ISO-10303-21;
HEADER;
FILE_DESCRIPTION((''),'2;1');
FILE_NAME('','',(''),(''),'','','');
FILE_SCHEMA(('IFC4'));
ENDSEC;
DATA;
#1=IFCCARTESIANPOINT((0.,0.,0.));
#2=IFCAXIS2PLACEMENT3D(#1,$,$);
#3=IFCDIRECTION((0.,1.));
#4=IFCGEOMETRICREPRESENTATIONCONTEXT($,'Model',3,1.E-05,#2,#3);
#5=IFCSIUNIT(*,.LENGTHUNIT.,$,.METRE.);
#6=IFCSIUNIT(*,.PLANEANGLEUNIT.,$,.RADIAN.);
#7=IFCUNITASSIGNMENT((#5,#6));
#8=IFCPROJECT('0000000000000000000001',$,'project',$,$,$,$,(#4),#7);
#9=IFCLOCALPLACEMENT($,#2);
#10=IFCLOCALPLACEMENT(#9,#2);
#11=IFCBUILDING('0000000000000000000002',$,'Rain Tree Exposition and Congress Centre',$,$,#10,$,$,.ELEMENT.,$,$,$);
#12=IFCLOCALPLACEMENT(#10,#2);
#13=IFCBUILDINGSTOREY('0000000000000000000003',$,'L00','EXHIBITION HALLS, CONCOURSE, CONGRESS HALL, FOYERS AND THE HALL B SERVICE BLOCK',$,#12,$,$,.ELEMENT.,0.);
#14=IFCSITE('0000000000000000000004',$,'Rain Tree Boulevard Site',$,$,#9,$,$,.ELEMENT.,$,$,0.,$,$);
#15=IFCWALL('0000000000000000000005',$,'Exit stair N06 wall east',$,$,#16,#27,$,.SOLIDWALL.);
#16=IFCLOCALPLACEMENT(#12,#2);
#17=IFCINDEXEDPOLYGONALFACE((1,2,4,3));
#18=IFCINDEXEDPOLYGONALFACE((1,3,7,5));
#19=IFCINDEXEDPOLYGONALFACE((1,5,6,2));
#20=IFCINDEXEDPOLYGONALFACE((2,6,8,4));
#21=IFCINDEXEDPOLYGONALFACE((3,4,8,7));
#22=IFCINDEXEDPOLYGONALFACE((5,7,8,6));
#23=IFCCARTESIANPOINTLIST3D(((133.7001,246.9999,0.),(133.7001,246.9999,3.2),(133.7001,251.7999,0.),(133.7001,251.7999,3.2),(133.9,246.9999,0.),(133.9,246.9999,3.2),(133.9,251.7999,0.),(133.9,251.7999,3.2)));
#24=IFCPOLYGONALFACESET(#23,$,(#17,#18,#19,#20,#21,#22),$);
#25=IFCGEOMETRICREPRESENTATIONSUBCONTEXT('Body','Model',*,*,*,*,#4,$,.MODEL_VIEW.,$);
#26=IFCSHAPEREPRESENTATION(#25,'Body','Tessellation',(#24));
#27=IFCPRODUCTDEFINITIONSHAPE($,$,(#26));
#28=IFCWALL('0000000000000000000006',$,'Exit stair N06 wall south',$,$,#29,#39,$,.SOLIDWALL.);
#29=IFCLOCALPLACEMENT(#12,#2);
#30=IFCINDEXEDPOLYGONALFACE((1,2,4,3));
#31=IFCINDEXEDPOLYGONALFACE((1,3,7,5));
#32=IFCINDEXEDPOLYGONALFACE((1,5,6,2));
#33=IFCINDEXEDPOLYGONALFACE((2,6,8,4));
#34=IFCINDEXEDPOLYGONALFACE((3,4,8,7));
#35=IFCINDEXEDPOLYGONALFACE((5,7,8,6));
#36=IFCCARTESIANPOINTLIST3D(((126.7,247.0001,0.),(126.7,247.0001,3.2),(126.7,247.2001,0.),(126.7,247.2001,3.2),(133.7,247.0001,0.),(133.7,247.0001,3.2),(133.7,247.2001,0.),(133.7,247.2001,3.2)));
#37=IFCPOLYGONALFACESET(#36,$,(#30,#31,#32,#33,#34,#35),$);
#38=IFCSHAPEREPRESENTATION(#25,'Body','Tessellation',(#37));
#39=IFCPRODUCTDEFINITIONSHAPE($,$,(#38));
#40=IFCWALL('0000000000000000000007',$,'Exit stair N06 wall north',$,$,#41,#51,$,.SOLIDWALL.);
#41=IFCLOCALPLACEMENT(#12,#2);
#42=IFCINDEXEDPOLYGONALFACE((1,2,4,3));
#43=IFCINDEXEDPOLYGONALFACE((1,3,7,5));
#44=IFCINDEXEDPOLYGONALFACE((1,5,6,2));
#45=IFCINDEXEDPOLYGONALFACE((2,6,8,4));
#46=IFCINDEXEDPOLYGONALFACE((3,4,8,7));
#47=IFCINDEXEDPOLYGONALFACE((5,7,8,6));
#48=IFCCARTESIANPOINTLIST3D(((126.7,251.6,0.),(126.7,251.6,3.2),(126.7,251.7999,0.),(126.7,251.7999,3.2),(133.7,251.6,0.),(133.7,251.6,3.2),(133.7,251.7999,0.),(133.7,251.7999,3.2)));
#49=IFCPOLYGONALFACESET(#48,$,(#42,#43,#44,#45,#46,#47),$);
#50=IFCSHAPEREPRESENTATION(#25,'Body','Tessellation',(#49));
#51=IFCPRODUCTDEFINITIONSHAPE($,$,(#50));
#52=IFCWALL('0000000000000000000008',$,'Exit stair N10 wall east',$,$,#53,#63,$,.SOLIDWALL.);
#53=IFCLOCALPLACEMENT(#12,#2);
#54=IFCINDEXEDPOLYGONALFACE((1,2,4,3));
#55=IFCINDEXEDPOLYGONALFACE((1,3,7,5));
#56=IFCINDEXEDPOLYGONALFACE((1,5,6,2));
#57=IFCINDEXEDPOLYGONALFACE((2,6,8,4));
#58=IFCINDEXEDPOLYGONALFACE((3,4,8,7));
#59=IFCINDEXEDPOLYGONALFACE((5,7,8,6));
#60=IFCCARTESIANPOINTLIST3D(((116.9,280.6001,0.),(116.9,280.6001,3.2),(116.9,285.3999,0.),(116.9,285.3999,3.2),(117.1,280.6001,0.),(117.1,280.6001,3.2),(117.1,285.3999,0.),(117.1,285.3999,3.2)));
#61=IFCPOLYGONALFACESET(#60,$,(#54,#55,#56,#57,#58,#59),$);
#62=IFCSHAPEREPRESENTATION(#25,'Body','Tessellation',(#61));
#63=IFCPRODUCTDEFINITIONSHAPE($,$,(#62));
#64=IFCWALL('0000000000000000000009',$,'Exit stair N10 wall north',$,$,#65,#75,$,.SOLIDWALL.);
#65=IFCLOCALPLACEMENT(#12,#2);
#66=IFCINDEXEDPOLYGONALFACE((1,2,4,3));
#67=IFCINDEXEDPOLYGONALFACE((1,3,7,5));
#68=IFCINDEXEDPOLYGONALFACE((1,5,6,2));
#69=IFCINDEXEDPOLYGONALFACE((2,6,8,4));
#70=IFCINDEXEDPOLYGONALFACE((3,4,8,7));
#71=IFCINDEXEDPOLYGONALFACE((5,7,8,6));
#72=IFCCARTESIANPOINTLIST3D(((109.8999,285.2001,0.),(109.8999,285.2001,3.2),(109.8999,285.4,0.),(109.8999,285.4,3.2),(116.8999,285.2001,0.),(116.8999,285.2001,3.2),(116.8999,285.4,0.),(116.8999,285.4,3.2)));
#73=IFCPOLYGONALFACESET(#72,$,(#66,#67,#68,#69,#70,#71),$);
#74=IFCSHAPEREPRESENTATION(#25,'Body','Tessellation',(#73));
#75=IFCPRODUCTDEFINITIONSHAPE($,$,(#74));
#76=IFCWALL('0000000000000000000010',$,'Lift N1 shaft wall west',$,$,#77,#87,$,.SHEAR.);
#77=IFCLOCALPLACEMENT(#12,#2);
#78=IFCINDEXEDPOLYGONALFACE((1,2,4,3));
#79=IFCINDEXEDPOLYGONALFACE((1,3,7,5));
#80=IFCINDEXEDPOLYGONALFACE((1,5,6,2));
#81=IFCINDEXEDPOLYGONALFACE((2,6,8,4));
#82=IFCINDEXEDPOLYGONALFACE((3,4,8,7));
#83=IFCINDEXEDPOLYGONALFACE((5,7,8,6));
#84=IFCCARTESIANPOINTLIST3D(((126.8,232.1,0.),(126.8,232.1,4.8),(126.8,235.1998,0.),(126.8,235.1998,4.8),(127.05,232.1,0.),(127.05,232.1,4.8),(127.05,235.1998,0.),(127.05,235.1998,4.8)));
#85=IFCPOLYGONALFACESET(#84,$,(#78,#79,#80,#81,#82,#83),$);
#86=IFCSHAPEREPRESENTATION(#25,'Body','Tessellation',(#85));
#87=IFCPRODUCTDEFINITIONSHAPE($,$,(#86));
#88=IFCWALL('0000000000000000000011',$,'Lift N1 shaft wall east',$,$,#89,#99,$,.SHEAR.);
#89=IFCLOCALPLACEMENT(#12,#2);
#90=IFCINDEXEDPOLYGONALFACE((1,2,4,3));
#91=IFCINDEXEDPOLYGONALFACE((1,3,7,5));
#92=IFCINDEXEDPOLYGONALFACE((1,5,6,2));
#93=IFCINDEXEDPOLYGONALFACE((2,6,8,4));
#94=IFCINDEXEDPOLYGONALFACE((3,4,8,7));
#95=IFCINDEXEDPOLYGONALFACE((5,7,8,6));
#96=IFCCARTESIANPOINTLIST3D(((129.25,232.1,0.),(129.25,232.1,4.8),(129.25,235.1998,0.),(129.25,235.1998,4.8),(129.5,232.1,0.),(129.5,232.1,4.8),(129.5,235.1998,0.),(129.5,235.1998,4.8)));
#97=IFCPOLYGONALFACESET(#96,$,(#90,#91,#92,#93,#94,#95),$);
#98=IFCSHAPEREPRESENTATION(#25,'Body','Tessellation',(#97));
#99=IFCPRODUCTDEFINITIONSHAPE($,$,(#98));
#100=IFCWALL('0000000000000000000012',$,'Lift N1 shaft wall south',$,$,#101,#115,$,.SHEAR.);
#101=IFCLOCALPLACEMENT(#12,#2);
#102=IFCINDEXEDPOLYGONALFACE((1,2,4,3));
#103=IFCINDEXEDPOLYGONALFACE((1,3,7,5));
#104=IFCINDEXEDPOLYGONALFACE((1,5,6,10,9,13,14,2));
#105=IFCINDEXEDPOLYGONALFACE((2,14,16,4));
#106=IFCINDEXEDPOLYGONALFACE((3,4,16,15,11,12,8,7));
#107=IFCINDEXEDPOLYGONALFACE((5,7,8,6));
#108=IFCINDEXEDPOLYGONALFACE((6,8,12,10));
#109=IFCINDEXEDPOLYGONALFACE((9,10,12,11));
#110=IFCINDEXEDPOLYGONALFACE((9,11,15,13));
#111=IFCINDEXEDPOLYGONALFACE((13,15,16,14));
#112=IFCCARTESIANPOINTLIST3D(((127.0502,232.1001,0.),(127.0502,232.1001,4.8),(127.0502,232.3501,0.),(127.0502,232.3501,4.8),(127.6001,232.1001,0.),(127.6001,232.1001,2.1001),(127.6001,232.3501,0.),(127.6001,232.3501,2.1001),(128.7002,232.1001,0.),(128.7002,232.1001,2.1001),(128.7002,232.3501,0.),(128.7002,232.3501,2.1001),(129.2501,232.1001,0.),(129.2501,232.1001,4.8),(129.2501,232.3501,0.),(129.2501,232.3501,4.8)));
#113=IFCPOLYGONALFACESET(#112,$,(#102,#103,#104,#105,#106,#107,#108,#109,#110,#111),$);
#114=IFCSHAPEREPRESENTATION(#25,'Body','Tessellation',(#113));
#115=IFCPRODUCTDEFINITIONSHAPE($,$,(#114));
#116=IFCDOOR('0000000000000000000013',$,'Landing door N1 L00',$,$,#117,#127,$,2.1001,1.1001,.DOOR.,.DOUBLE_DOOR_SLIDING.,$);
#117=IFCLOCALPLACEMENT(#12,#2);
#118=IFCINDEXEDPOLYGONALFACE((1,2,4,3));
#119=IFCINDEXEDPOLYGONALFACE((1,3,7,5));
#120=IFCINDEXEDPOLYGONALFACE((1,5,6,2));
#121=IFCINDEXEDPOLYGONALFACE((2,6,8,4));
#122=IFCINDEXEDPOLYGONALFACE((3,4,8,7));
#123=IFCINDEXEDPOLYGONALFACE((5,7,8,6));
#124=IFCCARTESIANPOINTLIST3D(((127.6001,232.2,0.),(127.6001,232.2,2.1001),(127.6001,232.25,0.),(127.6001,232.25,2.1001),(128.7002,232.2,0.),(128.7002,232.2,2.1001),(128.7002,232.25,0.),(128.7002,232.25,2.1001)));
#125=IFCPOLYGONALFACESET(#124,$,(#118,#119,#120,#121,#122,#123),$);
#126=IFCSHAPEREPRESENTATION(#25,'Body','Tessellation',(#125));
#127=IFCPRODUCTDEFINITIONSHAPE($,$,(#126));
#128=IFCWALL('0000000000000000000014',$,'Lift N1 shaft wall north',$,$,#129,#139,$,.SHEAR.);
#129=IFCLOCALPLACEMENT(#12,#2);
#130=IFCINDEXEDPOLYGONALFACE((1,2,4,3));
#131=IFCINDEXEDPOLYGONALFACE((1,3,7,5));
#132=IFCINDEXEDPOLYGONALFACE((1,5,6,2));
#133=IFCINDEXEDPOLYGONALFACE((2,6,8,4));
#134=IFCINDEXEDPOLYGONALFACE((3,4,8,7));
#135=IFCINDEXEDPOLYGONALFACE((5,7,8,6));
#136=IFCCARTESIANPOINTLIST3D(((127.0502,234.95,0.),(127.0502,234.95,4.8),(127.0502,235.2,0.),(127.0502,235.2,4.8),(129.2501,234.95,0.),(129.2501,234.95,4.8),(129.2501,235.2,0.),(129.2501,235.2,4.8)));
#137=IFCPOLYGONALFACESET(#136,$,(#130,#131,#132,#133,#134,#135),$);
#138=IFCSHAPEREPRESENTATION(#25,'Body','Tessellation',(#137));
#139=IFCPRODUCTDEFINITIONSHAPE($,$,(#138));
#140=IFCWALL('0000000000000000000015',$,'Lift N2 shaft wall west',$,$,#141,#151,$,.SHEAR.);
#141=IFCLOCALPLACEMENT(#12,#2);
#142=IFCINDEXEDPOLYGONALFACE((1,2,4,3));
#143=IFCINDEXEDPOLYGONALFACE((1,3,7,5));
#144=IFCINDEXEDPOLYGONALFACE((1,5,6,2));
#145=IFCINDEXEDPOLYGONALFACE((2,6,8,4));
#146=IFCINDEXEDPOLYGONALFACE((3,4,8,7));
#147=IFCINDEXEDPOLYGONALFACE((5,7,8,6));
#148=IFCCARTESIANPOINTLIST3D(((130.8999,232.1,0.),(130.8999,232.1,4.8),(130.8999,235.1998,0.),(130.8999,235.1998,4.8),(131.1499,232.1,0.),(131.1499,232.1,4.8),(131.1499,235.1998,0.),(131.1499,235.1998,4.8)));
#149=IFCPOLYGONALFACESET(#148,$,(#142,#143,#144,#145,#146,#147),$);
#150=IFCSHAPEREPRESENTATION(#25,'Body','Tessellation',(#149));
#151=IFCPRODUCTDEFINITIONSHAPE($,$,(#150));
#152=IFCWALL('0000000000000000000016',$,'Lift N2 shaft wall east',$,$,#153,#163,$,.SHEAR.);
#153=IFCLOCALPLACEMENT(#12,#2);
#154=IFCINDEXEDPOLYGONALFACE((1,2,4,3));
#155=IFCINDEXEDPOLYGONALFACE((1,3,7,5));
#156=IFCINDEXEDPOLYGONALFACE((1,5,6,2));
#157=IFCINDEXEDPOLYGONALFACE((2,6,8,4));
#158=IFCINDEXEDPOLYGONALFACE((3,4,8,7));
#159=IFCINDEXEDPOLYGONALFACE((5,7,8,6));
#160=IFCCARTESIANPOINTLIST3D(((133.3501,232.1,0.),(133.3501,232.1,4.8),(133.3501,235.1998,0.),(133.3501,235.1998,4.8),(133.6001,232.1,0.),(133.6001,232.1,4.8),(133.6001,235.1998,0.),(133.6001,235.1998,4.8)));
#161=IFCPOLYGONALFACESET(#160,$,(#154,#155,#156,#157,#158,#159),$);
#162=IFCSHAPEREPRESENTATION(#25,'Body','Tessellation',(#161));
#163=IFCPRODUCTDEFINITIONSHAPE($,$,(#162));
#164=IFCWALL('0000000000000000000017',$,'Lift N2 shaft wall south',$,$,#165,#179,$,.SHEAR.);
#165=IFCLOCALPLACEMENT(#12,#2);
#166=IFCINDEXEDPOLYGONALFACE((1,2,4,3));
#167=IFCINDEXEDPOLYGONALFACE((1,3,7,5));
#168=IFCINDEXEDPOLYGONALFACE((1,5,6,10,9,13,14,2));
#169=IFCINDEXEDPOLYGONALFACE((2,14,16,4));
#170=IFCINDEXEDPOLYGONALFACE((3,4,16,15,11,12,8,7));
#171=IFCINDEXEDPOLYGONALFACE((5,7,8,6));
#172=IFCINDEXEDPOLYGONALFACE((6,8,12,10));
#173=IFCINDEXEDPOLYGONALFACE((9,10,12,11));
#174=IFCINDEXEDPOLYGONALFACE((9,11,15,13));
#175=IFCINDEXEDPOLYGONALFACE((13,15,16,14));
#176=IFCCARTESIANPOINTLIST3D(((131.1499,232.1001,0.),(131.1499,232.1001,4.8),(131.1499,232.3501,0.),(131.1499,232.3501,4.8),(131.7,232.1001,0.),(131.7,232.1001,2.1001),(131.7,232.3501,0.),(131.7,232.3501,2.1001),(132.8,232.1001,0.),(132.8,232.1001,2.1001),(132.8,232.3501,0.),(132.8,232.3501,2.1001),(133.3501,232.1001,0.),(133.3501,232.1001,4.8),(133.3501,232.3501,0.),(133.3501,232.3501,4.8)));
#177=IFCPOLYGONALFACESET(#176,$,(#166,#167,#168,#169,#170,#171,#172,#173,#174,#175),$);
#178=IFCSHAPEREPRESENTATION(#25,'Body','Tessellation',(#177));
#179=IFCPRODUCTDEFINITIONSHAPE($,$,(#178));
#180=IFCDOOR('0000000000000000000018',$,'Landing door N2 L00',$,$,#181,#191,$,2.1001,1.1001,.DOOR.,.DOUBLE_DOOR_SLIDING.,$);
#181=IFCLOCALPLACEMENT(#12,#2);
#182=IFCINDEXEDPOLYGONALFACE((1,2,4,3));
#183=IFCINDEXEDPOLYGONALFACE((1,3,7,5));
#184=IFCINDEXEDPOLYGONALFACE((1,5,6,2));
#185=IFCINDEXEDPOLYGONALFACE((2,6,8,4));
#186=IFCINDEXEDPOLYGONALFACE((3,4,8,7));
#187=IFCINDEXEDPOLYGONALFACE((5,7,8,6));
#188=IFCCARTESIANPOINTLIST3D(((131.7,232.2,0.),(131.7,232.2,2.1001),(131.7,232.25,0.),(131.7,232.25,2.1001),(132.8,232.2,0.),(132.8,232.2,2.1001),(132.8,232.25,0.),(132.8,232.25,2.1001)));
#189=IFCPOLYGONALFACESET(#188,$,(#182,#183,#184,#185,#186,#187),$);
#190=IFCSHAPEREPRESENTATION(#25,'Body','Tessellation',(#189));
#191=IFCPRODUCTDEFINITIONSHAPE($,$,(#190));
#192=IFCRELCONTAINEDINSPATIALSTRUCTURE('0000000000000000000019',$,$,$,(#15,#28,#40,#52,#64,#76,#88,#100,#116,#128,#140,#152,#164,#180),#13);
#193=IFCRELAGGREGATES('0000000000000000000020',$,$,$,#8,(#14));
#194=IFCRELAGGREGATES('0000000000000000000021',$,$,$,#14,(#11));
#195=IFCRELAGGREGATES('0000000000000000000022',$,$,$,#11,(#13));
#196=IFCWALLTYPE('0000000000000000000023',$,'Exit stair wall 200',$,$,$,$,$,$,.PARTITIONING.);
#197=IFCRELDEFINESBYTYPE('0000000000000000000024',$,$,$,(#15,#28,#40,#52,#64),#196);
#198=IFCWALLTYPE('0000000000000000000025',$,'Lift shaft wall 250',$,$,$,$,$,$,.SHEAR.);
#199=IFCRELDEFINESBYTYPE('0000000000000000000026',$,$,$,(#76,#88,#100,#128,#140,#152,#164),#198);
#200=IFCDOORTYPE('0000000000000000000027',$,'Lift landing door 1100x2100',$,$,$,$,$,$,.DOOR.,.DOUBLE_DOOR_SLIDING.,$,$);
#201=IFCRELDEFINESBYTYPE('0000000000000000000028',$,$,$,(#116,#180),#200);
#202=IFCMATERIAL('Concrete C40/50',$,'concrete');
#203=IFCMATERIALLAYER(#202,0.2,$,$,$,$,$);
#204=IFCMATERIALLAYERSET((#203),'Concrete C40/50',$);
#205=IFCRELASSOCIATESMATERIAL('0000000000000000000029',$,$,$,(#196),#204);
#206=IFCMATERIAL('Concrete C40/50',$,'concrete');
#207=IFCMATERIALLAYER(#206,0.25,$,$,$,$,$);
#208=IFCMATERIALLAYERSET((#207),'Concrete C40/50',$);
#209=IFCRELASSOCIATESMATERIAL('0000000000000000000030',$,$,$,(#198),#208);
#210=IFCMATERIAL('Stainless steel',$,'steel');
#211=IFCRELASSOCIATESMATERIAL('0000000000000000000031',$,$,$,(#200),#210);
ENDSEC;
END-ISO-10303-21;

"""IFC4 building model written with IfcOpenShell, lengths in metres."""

from ifc_helpers import new_model, si_unit, direction, frame, frame_2d, origin, place, context, subcontext, project, spatial, rectangle, extrude, material, layer, layer_set, type_object, element, fill, save


model = new_model("IFC4")

# Units and contexts
model_context = context("Model", 3, precision=1e-05, world=origin(), true_north=direction((0.0, 1.0)))
body_context = subcontext(model_context, "Body", "Model", "MODEL_VIEW")
ifc_project = project(units=[si_unit("LENGTHUNIT", "METRE"), si_unit("PLANEANGLEUNIT", "RADIAN")], contexts=[model_context])

# Site, building, storey
site_placement = place(None, origin())
site = spatial("IfcSite", under=ifc_project, at=site_placement, Name="Rain Tree Boulevard Site", CompositionType="ELEMENT", RefElevation=0.0)
building_placement = place(site_placement, origin())
building = spatial("IfcBuilding", under=site, at=building_placement, Name="Rain Tree Exposition and Congress Centre", CompositionType="ELEMENT")
storey_placement = place(building_placement, origin())
storey = spatial("IfcBuildingStorey", under=building, at=storey_placement, Name="L00", Description="EXHIBITION HALLS, CONCOURSE, CONGRESS HALL, FOYERS AND THE HALL B SERVICE BLOCK", CompositionType="ELEMENT", Elevation=0.0)

# Shared definitions
ifc_material_1 = material(Name="Concrete C40/50", Category="concrete")
ifc_layer_1 = layer(ifc_material_1, 0.2)
ifc_layer_set_1 = layer_set([ifc_layer_1], Name="Concrete C40/50")
wall_type_1 = type_object("IfcWallType", Name="Exit stair wall 200", PredefinedType="PARTITIONING", material=ifc_layer_set_1)

# Walls
wall_1_placement = place(storey_placement, frame((133.8, 247.0, 0.0), z_axis=(0.0, 0.0, 1.0), x_axis=(0.0, 1.0, 0.0)))
element("IfcWall", 1, at=wall_1_placement, inside=storey, type_object=wall_type_1, Name="Exit stair N06 wall east", PredefinedType="SOLIDWALL", context=body_context, shape_type="SweptSolid", body=[
    extrude(rectangle(XDim=4.8, YDim=0.2, at=frame_2d((2.3999, 0.0))), origin(), (0.0, 0.0, 1.0), 3.2),
])
for number, where, z_axis, x_axis, name in (
    (2, (126.7, 247.1001, 0.0), (0.0, 0.0, 1.0), (1.0, 0.0, 0.0), "Exit stair N06 wall south"),
    (3, (126.7, 251.7, 0.0), (0.0, 0.0, 1.0), (1.0, 0.0, 0.0), "Exit stair N06 wall north"),
):
    element("IfcWall", number, at=place(storey_placement, frame(where, z_axis=z_axis, x_axis=x_axis)), inside=storey, type_object=wall_type_1, Name=name, PredefinedType="SOLIDWALL", context=body_context, shape_type="SweptSolid", body=[
        extrude(rectangle(XDim=7.0, YDim=0.2, at=frame_2d((3.5, 0.0))), origin(), (0.0, 0.0, 1.0), 3.2),
    ])
wall_2_placement = place(storey_placement, frame((117.0, 280.6001, 0.0), z_axis=(0.0, 0.0, 1.0), x_axis=(0.0, 1.0, 0.0)))
element("IfcWall", 4, at=wall_2_placement, inside=storey, type_object=wall_type_1, Name="Exit stair N10 wall east", PredefinedType="SOLIDWALL", context=body_context, shape_type="SweptSolid", body=[
    extrude(rectangle(XDim=4.7998, YDim=0.2, at=frame_2d((2.3999, 0.0))), origin(), (0.0, 0.0, 1.0), 3.2),
])
wall_3_placement = place(storey_placement, frame((109.8999, 285.3, 0.0), z_axis=(0.0, 0.0, 1.0), x_axis=(1.0, 0.0, 0.0)))
element("IfcWall", 5, at=wall_3_placement, inside=storey, type_object=wall_type_1, Name="Exit stair N10 wall north", PredefinedType="SOLIDWALL", context=body_context, shape_type="SweptSolid", body=[
    extrude(rectangle(XDim=7.0, YDim=0.2, at=frame_2d((3.5, 0.0))), origin(), (0.0, 0.0, 1.0), 3.2),
])
ifc_material_2 = material(Name="Concrete C40/50", Category="concrete")
ifc_layer_2 = layer(ifc_material_2, 0.25)
ifc_layer_set_2 = layer_set([ifc_layer_2], Name="Concrete C40/50")
wall_type_2 = type_object("IfcWallType", Name="Lift shaft wall 250", PredefinedType="SHEAR", material=ifc_layer_set_2)
for number, where, z_axis, x_axis, name in (
    (6, (126.925, 232.1001, 0.0), (0.0, 0.0, 1.0), (0.0, 1.0, 0.0), "Lift N1 shaft wall west"),
    (7, (129.375, 232.1001, 0.0), (0.0, 0.0, 1.0), (0.0, 1.0, 0.0), "Lift N1 shaft wall east"),
):
    element("IfcWall", number, at=place(storey_placement, frame(where, z_axis=z_axis, x_axis=x_axis)), inside=storey, type_object=wall_type_2, Name=name, PredefinedType="SHEAR", context=body_context, shape_type="SweptSolid", body=[
        extrude(rectangle(XDim=3.0999, YDim=0.25, at=frame_2d((1.5498, 0.0))), origin(), (0.0, 0.0, 1.0), 4.8),
    ])

# Wall, opening, door
wall_4_placement = place(storey_placement, frame((127.05, 232.2251, 0.0), z_axis=(0.0, 0.0, 1.0), x_axis=(1.0, 0.0, 0.0)))
wall_4 = element("IfcWall", 8, at=wall_4_placement, inside=storey, type_object=wall_type_2, Name="Lift N1 shaft wall south", PredefinedType="SHEAR", context=body_context, shape_type="SweptSolid", body=[
    extrude(rectangle(XDim=2.2, YDim=0.25, at=frame_2d((1.1001, 0.0))), origin(), (0.0, 0.0, 1.0), 4.8),
])
opening_1_placement = place(wall_4_placement, frame((0.55, 0.0, 0.0)))
opening_1 = element("IfcOpeningElement", 9, at=opening_1_placement, cuts=wall_4, PredefinedType="OPENING", context=body_context, shape_type="SweptSolid", body=[
    extrude(rectangle(XDim=1.1001, YDim=2.1001, at=frame_2d((0.55, 1.05))), frame((0.0, 0.125, 0.0), z_axis=(0.0, -1.0, 0.0), x_axis=(1.0, 0.0, 0.0)), (0.0, 0.0, 1.0), 0.25),
])
ifc_material_3 = material(Name="Stainless steel", Category="steel")
door_type_1 = type_object("IfcDoorType", Name="Lift landing door 1100x2100", OperationType="DOUBLE_DOOR_SLIDING", PredefinedType="DOOR", material=ifc_material_3)
door_1_placement = place(opening_1_placement, origin())
door_1 = element("IfcDoor", 10, at=door_1_placement, inside=storey, type_object=door_type_1, Name="Landing door N1 L00", OperationType="DOUBLE_DOOR_SLIDING", OverallHeight=2.1001, OverallWidth=1.1001, PredefinedType="DOOR", context=body_context, shape_type="SweptSolid", body=[
    extrude(rectangle(XDim=1.1001, YDim=2.1001, at=frame_2d((0.55, 1.05))), frame((0.0, 0.0249, 0.0), z_axis=(0.0, -1.0, 0.0), x_axis=(1.0, 0.0, 0.0)), (0.0, 0.0, 1.0), 0.05),
])
fill(opening_1, door_1)

# Walls
wall_5_placement = place(storey_placement, frame((127.05, 235.075, 0.0), z_axis=(0.0, 0.0, 1.0), x_axis=(1.0, 0.0, 0.0)))
element("IfcWall", 11, at=wall_5_placement, inside=storey, type_object=wall_type_2, Name="Lift N1 shaft wall north", PredefinedType="SHEAR", context=body_context, shape_type="SweptSolid", body=[
    extrude(rectangle(XDim=2.2, YDim=0.25, at=frame_2d((1.1001, 0.0))), origin(), (0.0, 0.0, 1.0), 4.8),
])
for number, where, z_axis, x_axis, name in (
    (12, (131.0249, 232.1001, 0.0), (0.0, 0.0, 1.0), (0.0, 1.0, 0.0), "Lift N2 shaft wall west"),
    (13, (133.4751, 232.1001, 0.0), (0.0, 0.0, 1.0), (0.0, 1.0, 0.0), "Lift N2 shaft wall east"),
):
    element("IfcWall", number, at=place(storey_placement, frame(where, z_axis=z_axis, x_axis=x_axis)), inside=storey, type_object=wall_type_2, Name=name, PredefinedType="SHEAR", context=body_context, shape_type="SweptSolid", body=[
        extrude(rectangle(XDim=3.0999, YDim=0.25, at=frame_2d((1.5498, 0.0))), origin(), (0.0, 0.0, 1.0), 4.8),
    ])

# Wall, opening, door
wall_6_placement = place(storey_placement, frame((131.1499, 232.2251, 0.0), z_axis=(0.0, 0.0, 1.0), x_axis=(1.0, 0.0, 0.0)))
wall_6 = element("IfcWall", 14, at=wall_6_placement, inside=storey, type_object=wall_type_2, Name="Lift N2 shaft wall south", PredefinedType="SHEAR", context=body_context, shape_type="SweptSolid", body=[
    extrude(rectangle(XDim=2.2002, YDim=0.25, at=frame_2d((1.1001, 0.0))), origin(), (0.0, 0.0, 1.0), 4.8),
])
opening_2_placement = place(wall_6_placement, frame((0.55, 0.0, 0.0)))
opening_2 = element("IfcOpeningElement", 15, at=opening_2_placement, cuts=wall_6, PredefinedType="OPENING", context=body_context, shape_type="SweptSolid", body=[
    extrude(rectangle(XDim=1.1001, YDim=2.1001, at=frame_2d((0.55, 1.05))), frame((0.0, 0.125, 0.0), z_axis=(0.0, -1.0, 0.0), x_axis=(1.0, 0.0, 0.0)), (0.0, 0.0, 1.0), 0.25),
])
door_2_placement = place(opening_2_placement, origin())
door_2 = element("IfcDoor", 16, at=door_2_placement, inside=storey, type_object=door_type_1, Name="Landing door N2 L00", OperationType="DOUBLE_DOOR_SLIDING", OverallHeight=2.1001, OverallWidth=1.1001, PredefinedType="DOOR", context=body_context, shape_type="SweptSolid", body=[
    extrude(rectangle(XDim=1.1001, YDim=2.1001, at=frame_2d((0.55, 1.05))), frame((0.0, 0.0249, 0.0), z_axis=(0.0, -1.0, 0.0), x_axis=(1.0, 0.0, 0.0)), (0.0, 0.0, 1.0), 0.05),
])
fill(opening_2, door_2)

save(model, "model.ifc")
